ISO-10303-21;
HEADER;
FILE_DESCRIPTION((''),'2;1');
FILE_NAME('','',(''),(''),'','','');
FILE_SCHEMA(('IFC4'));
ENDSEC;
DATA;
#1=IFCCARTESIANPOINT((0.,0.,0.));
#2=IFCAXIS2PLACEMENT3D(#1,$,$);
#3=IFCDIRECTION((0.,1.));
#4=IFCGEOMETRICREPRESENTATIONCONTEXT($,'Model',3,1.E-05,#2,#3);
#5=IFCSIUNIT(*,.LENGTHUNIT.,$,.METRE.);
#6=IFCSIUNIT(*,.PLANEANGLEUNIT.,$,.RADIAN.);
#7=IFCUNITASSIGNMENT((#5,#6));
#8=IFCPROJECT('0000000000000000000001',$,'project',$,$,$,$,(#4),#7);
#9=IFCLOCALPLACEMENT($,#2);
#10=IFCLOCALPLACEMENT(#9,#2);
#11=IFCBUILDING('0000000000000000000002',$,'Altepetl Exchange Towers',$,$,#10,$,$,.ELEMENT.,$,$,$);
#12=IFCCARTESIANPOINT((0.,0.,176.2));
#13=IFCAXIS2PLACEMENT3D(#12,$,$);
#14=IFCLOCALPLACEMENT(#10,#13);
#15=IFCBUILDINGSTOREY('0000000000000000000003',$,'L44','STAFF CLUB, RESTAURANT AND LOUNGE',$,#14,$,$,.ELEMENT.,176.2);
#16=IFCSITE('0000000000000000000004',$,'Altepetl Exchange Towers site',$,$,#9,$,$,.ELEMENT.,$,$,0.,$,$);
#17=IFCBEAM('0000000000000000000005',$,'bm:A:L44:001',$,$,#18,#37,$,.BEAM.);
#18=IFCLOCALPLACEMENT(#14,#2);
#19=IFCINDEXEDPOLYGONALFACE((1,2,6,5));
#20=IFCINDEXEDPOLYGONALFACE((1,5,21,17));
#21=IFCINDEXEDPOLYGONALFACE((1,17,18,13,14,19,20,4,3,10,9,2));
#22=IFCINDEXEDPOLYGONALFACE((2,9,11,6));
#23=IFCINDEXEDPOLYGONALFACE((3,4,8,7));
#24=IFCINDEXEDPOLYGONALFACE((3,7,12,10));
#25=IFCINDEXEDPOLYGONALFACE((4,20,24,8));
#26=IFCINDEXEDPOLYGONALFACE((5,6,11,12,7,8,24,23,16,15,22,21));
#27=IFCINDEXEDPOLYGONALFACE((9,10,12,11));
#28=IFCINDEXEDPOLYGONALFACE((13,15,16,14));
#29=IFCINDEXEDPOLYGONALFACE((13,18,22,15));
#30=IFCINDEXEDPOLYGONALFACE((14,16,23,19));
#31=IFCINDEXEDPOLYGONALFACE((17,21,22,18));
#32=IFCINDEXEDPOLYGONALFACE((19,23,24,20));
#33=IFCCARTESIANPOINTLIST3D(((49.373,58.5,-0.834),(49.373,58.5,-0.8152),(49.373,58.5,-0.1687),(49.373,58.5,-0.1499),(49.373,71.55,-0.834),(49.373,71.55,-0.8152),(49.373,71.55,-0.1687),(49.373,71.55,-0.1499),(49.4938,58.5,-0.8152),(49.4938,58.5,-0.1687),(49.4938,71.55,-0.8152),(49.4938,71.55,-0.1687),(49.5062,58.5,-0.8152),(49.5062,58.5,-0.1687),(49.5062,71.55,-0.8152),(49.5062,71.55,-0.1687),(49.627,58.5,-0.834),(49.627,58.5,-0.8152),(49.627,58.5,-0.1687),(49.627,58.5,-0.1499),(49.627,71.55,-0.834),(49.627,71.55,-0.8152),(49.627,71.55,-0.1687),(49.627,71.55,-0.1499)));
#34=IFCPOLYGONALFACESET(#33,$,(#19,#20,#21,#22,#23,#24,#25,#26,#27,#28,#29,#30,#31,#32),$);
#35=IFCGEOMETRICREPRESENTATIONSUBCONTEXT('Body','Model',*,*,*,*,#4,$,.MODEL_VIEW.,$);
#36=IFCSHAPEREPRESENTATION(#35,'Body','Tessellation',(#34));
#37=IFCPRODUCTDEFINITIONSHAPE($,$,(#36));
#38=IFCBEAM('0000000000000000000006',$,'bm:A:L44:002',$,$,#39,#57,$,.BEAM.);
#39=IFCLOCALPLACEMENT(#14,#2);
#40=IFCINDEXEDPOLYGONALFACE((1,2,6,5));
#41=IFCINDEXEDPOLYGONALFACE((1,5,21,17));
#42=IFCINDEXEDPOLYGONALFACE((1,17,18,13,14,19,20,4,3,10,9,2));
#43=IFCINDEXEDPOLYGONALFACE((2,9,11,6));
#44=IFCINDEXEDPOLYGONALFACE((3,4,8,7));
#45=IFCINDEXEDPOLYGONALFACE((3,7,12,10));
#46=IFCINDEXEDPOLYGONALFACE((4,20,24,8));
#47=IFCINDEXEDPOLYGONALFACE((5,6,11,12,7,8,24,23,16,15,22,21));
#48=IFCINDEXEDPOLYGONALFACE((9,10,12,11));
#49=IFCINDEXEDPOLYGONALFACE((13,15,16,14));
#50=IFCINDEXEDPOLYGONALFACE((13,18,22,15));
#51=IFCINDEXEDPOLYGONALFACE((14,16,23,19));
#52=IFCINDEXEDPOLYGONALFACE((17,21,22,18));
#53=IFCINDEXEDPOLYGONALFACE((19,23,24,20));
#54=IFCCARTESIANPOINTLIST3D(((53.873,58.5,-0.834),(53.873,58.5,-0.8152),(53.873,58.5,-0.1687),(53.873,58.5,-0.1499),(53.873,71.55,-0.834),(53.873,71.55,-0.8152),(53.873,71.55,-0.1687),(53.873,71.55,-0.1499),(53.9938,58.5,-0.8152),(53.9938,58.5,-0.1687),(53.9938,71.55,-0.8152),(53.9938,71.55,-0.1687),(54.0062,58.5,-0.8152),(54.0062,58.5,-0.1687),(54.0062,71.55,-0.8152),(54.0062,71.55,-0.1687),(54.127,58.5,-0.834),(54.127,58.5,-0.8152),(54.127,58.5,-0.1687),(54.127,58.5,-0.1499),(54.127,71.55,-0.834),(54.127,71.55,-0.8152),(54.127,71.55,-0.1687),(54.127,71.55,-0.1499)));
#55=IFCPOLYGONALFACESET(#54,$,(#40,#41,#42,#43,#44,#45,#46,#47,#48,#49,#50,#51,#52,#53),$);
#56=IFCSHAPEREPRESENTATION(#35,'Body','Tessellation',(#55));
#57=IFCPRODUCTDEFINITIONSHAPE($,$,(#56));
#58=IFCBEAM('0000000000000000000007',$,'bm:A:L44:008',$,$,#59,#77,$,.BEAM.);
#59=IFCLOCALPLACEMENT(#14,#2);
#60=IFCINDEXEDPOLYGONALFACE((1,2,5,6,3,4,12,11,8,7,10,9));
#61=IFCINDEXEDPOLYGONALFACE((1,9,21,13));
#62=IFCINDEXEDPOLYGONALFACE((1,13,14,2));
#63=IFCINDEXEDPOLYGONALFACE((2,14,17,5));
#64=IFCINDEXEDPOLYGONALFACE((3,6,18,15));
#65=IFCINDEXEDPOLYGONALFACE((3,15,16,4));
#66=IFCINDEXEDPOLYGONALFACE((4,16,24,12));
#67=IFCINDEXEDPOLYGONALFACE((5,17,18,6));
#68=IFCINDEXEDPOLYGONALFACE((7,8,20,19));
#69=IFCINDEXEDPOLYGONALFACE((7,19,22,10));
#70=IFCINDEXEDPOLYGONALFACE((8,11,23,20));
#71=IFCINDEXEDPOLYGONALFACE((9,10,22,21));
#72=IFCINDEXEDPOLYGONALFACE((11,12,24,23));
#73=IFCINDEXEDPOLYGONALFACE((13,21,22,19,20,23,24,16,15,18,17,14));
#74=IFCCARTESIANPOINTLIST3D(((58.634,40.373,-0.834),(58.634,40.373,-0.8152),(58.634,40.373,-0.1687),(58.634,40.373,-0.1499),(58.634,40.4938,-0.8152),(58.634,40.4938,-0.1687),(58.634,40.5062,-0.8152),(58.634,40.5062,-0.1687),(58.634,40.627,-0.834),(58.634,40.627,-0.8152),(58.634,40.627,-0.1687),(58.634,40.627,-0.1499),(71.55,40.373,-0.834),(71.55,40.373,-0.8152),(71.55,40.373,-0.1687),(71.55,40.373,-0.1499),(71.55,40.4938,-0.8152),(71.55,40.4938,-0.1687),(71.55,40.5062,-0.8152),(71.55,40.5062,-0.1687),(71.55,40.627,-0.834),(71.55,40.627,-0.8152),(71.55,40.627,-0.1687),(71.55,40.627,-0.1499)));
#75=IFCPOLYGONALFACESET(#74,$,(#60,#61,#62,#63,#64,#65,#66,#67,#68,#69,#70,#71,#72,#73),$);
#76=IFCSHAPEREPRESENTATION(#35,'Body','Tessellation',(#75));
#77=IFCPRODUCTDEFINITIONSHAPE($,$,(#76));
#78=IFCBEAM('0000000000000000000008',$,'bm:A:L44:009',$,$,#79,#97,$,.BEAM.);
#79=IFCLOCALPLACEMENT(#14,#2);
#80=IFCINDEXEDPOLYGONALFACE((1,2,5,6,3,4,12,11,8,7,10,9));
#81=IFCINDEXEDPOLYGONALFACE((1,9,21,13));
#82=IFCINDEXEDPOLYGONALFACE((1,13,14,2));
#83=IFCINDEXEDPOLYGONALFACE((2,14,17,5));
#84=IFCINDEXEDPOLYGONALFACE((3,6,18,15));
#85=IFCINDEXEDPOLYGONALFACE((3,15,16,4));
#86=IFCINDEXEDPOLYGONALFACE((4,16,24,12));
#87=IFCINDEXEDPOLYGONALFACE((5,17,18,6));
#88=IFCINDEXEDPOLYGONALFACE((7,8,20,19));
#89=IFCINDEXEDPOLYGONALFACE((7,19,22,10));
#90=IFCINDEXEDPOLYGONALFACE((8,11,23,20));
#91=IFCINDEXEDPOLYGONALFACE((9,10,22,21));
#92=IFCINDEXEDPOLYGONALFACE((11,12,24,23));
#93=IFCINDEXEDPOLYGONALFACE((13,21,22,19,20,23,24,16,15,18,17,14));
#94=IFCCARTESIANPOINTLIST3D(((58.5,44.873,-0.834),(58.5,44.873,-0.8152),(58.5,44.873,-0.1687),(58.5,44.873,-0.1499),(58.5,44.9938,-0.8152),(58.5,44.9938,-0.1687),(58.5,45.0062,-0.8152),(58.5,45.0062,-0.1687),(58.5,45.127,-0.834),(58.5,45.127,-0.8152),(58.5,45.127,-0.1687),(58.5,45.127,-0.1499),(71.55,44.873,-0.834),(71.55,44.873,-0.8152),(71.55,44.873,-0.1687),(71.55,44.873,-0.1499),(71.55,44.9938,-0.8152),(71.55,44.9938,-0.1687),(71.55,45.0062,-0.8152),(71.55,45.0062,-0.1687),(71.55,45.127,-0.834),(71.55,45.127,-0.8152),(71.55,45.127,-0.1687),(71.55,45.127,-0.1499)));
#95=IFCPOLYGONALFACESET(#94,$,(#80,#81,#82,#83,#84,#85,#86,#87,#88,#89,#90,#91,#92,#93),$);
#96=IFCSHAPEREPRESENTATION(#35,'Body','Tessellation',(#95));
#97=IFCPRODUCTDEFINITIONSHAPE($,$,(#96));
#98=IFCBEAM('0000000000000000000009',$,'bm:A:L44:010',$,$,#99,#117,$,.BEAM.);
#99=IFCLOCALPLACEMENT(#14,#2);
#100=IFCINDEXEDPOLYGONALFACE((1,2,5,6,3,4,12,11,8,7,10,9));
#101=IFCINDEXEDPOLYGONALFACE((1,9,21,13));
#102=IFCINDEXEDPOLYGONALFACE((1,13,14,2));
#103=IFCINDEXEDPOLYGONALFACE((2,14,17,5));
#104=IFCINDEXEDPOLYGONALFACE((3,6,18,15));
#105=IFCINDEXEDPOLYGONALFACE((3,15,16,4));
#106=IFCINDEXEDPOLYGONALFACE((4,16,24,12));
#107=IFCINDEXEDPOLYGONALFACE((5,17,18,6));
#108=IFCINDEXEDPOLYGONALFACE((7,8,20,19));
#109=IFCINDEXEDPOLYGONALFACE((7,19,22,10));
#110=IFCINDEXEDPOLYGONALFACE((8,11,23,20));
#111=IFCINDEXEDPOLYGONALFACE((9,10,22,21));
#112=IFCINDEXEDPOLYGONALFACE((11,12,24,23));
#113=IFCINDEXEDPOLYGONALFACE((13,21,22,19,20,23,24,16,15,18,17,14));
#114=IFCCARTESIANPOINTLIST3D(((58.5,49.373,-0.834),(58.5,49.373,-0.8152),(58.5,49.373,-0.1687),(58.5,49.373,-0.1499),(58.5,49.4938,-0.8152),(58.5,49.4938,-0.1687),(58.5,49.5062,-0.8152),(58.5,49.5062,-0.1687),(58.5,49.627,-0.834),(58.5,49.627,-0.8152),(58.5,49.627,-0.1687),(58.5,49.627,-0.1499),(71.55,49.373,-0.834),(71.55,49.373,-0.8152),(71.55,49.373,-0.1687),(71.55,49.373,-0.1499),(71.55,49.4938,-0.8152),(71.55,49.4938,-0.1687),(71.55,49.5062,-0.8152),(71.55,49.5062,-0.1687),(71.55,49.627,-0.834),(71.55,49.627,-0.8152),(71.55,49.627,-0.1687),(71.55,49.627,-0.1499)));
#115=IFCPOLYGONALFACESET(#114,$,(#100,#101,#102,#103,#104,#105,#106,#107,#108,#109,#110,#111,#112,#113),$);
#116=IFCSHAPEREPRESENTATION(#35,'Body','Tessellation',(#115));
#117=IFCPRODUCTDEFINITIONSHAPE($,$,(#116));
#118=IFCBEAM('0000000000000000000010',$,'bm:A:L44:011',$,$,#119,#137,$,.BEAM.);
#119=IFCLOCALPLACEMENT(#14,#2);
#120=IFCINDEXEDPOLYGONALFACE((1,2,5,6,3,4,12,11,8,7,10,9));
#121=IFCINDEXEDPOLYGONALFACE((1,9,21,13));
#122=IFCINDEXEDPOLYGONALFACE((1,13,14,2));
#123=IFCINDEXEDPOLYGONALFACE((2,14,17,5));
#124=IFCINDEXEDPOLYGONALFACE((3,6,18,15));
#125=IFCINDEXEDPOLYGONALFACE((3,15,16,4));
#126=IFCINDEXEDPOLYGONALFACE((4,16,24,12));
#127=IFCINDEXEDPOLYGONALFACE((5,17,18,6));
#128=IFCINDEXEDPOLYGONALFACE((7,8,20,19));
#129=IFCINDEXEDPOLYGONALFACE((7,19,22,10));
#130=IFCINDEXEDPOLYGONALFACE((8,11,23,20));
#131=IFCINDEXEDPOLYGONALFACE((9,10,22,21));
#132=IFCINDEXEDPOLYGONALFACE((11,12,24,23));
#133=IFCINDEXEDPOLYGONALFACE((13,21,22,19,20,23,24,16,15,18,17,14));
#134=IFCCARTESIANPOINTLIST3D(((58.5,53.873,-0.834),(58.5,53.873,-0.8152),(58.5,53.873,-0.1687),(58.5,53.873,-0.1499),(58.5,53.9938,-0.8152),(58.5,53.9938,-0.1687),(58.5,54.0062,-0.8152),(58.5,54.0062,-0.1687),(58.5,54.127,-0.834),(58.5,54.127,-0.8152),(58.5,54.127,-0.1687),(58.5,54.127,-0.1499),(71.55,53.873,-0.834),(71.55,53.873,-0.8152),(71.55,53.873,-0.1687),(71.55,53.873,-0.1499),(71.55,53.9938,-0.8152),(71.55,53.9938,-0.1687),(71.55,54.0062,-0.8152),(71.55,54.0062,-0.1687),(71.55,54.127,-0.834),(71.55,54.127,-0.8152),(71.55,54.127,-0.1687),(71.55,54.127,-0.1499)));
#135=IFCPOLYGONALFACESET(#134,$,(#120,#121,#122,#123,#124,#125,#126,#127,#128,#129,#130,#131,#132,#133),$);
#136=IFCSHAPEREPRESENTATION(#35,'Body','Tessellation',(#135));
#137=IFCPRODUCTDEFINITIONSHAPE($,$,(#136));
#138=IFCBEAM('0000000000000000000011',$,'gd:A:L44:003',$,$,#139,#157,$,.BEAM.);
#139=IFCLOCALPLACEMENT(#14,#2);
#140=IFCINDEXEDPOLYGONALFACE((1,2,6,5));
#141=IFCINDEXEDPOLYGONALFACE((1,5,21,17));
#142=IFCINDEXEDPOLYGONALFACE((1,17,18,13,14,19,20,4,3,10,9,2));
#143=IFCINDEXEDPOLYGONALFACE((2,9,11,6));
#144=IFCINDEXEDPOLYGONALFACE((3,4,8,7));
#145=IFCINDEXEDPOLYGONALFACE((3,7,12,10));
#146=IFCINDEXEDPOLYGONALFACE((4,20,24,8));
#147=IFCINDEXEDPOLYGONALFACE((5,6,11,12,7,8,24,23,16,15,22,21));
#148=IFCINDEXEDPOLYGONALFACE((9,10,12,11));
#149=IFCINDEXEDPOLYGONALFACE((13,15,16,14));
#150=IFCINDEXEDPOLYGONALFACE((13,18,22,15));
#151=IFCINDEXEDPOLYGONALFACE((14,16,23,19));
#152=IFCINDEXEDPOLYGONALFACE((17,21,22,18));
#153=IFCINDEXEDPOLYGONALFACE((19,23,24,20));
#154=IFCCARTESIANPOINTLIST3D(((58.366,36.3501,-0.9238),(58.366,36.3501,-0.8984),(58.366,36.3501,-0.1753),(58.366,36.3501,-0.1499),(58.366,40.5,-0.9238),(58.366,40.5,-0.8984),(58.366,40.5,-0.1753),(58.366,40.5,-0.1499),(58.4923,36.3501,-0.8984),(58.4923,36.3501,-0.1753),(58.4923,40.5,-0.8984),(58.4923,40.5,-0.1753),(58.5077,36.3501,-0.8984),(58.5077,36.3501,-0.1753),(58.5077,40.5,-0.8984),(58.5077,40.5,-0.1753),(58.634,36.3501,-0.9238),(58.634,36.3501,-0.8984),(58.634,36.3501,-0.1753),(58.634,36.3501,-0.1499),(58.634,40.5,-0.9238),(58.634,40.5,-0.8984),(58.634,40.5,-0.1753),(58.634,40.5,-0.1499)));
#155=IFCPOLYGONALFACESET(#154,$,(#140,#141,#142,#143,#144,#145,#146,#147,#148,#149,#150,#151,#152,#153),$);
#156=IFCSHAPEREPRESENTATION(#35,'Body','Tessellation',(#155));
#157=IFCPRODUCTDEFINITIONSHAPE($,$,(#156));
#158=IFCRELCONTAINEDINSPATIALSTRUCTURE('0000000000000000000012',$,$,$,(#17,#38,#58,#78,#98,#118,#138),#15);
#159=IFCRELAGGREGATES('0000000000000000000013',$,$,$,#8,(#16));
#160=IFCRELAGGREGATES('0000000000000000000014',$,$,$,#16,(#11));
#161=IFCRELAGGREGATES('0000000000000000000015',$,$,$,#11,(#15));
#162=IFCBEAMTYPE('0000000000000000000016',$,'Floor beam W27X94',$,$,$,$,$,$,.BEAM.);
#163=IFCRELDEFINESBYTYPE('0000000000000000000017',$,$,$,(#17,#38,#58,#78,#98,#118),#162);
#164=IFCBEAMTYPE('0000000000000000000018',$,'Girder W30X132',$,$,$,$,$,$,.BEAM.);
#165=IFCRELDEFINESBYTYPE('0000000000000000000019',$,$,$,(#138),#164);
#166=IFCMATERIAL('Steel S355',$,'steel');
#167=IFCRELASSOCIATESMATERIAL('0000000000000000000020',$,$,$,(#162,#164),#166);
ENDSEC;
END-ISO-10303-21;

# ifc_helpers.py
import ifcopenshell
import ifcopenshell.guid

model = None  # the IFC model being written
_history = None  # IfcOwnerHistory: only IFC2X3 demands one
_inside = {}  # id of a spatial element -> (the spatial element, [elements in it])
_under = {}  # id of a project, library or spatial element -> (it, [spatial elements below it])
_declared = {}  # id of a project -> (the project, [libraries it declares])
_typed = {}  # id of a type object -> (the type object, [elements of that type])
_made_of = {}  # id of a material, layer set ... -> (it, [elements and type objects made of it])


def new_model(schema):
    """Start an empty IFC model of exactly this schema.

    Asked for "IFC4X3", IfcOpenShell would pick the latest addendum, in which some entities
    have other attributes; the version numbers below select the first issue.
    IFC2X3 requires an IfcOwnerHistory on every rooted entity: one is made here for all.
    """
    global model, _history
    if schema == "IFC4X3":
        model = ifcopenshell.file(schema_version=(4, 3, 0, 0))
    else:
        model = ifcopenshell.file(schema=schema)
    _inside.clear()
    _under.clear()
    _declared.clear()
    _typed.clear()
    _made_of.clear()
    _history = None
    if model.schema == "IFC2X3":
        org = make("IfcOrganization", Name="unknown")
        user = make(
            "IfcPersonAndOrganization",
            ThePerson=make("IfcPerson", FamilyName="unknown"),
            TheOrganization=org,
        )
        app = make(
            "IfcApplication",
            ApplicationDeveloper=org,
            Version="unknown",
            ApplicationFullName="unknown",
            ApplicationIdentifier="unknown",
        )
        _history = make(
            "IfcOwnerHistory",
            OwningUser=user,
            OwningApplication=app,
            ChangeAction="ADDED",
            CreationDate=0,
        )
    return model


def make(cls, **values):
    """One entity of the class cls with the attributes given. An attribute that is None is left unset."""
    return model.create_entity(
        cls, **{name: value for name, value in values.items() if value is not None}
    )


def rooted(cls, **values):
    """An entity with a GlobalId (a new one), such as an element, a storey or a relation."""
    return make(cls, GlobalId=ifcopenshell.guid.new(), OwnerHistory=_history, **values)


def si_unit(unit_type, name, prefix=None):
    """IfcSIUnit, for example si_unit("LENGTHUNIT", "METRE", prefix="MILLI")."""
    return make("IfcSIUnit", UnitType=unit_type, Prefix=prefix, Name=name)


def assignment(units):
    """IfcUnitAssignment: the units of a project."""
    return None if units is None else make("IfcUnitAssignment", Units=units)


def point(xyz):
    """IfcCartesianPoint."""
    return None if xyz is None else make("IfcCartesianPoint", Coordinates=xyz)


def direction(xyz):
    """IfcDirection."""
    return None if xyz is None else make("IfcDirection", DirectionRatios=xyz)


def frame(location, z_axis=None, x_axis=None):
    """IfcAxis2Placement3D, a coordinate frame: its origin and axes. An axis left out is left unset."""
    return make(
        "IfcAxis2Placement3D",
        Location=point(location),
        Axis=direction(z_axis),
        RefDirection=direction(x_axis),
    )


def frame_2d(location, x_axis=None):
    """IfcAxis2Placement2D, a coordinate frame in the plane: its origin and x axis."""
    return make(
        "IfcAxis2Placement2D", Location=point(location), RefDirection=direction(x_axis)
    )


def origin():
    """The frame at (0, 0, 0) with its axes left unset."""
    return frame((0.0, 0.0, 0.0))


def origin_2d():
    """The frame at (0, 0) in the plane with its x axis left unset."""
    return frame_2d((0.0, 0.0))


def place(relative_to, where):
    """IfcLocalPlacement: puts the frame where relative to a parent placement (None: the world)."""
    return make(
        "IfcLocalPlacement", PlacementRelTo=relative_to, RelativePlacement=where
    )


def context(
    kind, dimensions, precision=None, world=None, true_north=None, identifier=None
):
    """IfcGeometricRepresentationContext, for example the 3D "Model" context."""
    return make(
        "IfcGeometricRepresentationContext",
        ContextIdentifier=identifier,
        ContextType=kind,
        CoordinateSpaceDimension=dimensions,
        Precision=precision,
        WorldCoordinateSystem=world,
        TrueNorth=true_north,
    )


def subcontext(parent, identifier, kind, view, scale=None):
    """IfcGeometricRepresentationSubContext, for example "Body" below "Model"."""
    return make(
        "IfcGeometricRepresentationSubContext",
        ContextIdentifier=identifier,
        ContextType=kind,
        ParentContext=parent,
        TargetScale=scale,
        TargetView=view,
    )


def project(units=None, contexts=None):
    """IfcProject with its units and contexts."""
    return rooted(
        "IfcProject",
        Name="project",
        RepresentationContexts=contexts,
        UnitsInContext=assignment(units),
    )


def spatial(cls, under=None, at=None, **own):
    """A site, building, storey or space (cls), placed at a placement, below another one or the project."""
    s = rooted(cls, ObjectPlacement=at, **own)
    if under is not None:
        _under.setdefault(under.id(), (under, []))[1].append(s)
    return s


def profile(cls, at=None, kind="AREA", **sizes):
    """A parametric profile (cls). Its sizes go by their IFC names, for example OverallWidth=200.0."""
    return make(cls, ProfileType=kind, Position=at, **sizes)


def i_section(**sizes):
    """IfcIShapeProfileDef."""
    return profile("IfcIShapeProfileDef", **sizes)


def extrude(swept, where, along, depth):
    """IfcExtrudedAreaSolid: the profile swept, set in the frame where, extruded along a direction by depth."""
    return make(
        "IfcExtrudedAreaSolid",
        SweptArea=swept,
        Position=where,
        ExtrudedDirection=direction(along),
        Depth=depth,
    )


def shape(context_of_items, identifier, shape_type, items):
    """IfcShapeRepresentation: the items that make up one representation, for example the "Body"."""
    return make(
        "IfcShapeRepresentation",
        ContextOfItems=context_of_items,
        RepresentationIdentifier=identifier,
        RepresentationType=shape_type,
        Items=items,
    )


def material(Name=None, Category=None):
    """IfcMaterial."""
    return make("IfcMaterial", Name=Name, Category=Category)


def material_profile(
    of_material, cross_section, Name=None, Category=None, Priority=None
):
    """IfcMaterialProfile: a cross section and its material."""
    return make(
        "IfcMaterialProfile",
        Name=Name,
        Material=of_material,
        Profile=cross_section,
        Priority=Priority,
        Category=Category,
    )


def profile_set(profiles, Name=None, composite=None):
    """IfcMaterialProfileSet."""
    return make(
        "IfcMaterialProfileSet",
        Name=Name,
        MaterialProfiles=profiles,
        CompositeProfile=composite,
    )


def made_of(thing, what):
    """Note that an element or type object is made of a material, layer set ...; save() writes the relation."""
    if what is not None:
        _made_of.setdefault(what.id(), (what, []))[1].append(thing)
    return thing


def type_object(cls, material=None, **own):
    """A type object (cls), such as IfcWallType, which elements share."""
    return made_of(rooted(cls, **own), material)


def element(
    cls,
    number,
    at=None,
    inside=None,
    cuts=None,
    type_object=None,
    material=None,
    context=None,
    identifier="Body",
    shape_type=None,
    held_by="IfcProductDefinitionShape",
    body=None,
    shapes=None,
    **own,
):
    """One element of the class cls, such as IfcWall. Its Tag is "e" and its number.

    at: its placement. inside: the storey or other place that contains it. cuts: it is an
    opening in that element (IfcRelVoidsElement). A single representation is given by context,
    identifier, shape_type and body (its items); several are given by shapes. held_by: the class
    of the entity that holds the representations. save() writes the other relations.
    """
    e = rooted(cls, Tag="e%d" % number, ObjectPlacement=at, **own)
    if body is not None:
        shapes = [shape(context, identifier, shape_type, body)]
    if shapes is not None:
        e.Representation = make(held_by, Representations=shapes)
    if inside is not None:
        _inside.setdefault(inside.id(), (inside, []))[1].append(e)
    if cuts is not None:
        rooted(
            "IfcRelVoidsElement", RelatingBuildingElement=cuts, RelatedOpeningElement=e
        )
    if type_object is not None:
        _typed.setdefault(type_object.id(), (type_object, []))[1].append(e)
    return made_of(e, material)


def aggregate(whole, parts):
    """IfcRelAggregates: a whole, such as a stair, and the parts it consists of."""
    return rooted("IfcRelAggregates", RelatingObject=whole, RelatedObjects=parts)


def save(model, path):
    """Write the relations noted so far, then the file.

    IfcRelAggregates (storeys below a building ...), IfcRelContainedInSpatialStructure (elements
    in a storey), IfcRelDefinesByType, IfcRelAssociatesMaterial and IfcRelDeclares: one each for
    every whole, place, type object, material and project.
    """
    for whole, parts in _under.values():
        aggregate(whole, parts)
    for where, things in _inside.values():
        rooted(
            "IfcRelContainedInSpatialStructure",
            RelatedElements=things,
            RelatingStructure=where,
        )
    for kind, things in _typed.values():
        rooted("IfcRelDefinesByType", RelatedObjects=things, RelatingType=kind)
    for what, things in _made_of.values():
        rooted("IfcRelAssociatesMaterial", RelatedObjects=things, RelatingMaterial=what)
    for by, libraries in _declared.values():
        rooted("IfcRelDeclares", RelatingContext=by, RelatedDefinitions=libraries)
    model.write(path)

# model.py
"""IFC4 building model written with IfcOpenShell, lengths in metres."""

from ifc_helpers import new_model, si_unit, direction, frame, origin, origin_2d, place, context, subcontext, project, spatial, i_section, extrude, material, material_profile, profile_set, type_object, element, save


model = new_model("IFC4")

# Units and contexts
model_context = context("Model", 3, precision=1e-05, world=origin(), true_north=direction((0.0, 1.0)))
body_context = subcontext(model_context, "Body", "Model", "MODEL_VIEW")
ifc_project = project(units=[si_unit("LENGTHUNIT", "METRE"), si_unit("PLANEANGLEUNIT", "RADIAN")], contexts=[model_context])

# Site, building, storey
site_placement = place(None, origin())
site = spatial("IfcSite", under=ifc_project, at=site_placement, Name="Altepetl Exchange Towers site", CompositionType="ELEMENT", RefElevation=0.0)
building_placement = place(site_placement, origin())
building = spatial("IfcBuilding", under=site, at=building_placement, Name="Altepetl Exchange Towers", CompositionType="ELEMENT")
storey_placement = place(building_placement, frame((0.0, 0.0, 176.2)))
storey = spatial("IfcBuildingStorey", under=building, at=storey_placement, Name="L44", Description="STAFF CLUB, RESTAURANT AND LOUNGE", CompositionType="ELEMENT", Elevation=176.2)

# Beams
ifc_material_1 = material(Name="Steel S355", Category="steel")
ifc_material_profile_1 = material_profile(ifc_material_1, i_section(OverallWidth=0.2539, OverallDepth=0.6841, WebThickness=0.0125, FlangeThickness=0.0188, at=origin_2d()), Name="W27X94")
ifc_profile_set_1 = profile_set([ifc_material_profile_1], Name="Steel S355")
beam_type_1 = type_object("IfcBeamType", Name="Floor beam W27X94", PredefinedType="BEAM", material=ifc_profile_set_1)
for number, where, z_axis, x_axis, name in (
    (1, (49.5, 58.5, -0.4919), (0.0, 1.0, 0.0), (-1.0, 0.0, 0.0), "bm:A:L44:001"),
    (2, (54.0, 58.5, -0.4919), (0.0, 1.0, 0.0), (-1.0, 0.0, 0.0), "bm:A:L44:002"),
):
    element("IfcBeam", number, at=place(storey_placement, frame(where, z_axis=z_axis, x_axis=x_axis)), inside=storey, type_object=beam_type_1, Name=name, PredefinedType="BEAM", context=body_context, shape_type="SweptSolid", body=[
        extrude(i_section(OverallWidth=0.2539, OverallDepth=0.6841, WebThickness=0.0125, FlangeThickness=0.0188, at=origin_2d()), origin(), (0.0, 0.0, 1.0), 13.05),
    ])
beam_1_placement = place(storey_placement, frame((58.634, 40.5, -0.4919), z_axis=(1.0, 0.0, 0.0), x_axis=(0.0, 1.0, 0.0)))
element("IfcBeam", 3, at=beam_1_placement, inside=storey, type_object=beam_type_1, Name="bm:A:L44:008", PredefinedType="BEAM", context=body_context, shape_type="SweptSolid", body=[
    extrude(i_section(OverallWidth=0.2539, OverallDepth=0.6841, WebThickness=0.0125, FlangeThickness=0.0188, at=origin_2d()), origin(), (0.0, 0.0, 1.0), 12.916),
])
for number, where, z_axis, x_axis, name in (
    (4, (58.5, 45.0, -0.4919), (1.0, 0.0, 0.0), (0.0, 1.0, 0.0), "bm:A:L44:009"),
    (5, (58.5, 49.5, -0.4919), (1.0, 0.0, 0.0), (0.0, 1.0, 0.0), "bm:A:L44:010"),
    (6, (58.5, 54.0, -0.4919), (1.0, 0.0, 0.0), (0.0, 1.0, 0.0), "bm:A:L44:011"),
):
    element("IfcBeam", number, at=place(storey_placement, frame(where, z_axis=z_axis, x_axis=x_axis)), inside=storey, type_object=beam_type_1, Name=name, PredefinedType="BEAM", context=body_context, shape_type="SweptSolid", body=[
        extrude(i_section(OverallWidth=0.2539, OverallDepth=0.6841, WebThickness=0.0125, FlangeThickness=0.0188, at=origin_2d()), origin(), (0.0, 0.0, 1.0), 13.05),
    ])
ifc_material_profile_2 = material_profile(ifc_material_1, i_section(OverallWidth=0.2681, OverallDepth=0.7739, WebThickness=0.0154, FlangeThickness=0.0254, at=origin_2d()), Name="W30X132")
ifc_profile_set_2 = profile_set([ifc_material_profile_2], Name="Steel S355")
beam_type_2 = type_object("IfcBeamType", Name="Girder W30X132", PredefinedType="BEAM", material=ifc_profile_set_2)
beam_2_placement = place(storey_placement, frame((58.5, 40.5, -0.5369), z_axis=(0.0, -1.0, 0.0), x_axis=(1.0, 0.0, 0.0)))
element("IfcBeam", 7, at=beam_2_placement, inside=storey, type_object=beam_type_2, Name="gd:A:L44:003", PredefinedType="BEAM", context=body_context, shape_type="SweptSolid", body=[
    extrude(i_section(OverallWidth=0.2681, OverallDepth=0.7739, WebThickness=0.0154, FlangeThickness=0.0254, at=origin_2d()), origin(), (0.0, 0.0, 1.0), 4.1499),
])

save(model, "model.ifc")
